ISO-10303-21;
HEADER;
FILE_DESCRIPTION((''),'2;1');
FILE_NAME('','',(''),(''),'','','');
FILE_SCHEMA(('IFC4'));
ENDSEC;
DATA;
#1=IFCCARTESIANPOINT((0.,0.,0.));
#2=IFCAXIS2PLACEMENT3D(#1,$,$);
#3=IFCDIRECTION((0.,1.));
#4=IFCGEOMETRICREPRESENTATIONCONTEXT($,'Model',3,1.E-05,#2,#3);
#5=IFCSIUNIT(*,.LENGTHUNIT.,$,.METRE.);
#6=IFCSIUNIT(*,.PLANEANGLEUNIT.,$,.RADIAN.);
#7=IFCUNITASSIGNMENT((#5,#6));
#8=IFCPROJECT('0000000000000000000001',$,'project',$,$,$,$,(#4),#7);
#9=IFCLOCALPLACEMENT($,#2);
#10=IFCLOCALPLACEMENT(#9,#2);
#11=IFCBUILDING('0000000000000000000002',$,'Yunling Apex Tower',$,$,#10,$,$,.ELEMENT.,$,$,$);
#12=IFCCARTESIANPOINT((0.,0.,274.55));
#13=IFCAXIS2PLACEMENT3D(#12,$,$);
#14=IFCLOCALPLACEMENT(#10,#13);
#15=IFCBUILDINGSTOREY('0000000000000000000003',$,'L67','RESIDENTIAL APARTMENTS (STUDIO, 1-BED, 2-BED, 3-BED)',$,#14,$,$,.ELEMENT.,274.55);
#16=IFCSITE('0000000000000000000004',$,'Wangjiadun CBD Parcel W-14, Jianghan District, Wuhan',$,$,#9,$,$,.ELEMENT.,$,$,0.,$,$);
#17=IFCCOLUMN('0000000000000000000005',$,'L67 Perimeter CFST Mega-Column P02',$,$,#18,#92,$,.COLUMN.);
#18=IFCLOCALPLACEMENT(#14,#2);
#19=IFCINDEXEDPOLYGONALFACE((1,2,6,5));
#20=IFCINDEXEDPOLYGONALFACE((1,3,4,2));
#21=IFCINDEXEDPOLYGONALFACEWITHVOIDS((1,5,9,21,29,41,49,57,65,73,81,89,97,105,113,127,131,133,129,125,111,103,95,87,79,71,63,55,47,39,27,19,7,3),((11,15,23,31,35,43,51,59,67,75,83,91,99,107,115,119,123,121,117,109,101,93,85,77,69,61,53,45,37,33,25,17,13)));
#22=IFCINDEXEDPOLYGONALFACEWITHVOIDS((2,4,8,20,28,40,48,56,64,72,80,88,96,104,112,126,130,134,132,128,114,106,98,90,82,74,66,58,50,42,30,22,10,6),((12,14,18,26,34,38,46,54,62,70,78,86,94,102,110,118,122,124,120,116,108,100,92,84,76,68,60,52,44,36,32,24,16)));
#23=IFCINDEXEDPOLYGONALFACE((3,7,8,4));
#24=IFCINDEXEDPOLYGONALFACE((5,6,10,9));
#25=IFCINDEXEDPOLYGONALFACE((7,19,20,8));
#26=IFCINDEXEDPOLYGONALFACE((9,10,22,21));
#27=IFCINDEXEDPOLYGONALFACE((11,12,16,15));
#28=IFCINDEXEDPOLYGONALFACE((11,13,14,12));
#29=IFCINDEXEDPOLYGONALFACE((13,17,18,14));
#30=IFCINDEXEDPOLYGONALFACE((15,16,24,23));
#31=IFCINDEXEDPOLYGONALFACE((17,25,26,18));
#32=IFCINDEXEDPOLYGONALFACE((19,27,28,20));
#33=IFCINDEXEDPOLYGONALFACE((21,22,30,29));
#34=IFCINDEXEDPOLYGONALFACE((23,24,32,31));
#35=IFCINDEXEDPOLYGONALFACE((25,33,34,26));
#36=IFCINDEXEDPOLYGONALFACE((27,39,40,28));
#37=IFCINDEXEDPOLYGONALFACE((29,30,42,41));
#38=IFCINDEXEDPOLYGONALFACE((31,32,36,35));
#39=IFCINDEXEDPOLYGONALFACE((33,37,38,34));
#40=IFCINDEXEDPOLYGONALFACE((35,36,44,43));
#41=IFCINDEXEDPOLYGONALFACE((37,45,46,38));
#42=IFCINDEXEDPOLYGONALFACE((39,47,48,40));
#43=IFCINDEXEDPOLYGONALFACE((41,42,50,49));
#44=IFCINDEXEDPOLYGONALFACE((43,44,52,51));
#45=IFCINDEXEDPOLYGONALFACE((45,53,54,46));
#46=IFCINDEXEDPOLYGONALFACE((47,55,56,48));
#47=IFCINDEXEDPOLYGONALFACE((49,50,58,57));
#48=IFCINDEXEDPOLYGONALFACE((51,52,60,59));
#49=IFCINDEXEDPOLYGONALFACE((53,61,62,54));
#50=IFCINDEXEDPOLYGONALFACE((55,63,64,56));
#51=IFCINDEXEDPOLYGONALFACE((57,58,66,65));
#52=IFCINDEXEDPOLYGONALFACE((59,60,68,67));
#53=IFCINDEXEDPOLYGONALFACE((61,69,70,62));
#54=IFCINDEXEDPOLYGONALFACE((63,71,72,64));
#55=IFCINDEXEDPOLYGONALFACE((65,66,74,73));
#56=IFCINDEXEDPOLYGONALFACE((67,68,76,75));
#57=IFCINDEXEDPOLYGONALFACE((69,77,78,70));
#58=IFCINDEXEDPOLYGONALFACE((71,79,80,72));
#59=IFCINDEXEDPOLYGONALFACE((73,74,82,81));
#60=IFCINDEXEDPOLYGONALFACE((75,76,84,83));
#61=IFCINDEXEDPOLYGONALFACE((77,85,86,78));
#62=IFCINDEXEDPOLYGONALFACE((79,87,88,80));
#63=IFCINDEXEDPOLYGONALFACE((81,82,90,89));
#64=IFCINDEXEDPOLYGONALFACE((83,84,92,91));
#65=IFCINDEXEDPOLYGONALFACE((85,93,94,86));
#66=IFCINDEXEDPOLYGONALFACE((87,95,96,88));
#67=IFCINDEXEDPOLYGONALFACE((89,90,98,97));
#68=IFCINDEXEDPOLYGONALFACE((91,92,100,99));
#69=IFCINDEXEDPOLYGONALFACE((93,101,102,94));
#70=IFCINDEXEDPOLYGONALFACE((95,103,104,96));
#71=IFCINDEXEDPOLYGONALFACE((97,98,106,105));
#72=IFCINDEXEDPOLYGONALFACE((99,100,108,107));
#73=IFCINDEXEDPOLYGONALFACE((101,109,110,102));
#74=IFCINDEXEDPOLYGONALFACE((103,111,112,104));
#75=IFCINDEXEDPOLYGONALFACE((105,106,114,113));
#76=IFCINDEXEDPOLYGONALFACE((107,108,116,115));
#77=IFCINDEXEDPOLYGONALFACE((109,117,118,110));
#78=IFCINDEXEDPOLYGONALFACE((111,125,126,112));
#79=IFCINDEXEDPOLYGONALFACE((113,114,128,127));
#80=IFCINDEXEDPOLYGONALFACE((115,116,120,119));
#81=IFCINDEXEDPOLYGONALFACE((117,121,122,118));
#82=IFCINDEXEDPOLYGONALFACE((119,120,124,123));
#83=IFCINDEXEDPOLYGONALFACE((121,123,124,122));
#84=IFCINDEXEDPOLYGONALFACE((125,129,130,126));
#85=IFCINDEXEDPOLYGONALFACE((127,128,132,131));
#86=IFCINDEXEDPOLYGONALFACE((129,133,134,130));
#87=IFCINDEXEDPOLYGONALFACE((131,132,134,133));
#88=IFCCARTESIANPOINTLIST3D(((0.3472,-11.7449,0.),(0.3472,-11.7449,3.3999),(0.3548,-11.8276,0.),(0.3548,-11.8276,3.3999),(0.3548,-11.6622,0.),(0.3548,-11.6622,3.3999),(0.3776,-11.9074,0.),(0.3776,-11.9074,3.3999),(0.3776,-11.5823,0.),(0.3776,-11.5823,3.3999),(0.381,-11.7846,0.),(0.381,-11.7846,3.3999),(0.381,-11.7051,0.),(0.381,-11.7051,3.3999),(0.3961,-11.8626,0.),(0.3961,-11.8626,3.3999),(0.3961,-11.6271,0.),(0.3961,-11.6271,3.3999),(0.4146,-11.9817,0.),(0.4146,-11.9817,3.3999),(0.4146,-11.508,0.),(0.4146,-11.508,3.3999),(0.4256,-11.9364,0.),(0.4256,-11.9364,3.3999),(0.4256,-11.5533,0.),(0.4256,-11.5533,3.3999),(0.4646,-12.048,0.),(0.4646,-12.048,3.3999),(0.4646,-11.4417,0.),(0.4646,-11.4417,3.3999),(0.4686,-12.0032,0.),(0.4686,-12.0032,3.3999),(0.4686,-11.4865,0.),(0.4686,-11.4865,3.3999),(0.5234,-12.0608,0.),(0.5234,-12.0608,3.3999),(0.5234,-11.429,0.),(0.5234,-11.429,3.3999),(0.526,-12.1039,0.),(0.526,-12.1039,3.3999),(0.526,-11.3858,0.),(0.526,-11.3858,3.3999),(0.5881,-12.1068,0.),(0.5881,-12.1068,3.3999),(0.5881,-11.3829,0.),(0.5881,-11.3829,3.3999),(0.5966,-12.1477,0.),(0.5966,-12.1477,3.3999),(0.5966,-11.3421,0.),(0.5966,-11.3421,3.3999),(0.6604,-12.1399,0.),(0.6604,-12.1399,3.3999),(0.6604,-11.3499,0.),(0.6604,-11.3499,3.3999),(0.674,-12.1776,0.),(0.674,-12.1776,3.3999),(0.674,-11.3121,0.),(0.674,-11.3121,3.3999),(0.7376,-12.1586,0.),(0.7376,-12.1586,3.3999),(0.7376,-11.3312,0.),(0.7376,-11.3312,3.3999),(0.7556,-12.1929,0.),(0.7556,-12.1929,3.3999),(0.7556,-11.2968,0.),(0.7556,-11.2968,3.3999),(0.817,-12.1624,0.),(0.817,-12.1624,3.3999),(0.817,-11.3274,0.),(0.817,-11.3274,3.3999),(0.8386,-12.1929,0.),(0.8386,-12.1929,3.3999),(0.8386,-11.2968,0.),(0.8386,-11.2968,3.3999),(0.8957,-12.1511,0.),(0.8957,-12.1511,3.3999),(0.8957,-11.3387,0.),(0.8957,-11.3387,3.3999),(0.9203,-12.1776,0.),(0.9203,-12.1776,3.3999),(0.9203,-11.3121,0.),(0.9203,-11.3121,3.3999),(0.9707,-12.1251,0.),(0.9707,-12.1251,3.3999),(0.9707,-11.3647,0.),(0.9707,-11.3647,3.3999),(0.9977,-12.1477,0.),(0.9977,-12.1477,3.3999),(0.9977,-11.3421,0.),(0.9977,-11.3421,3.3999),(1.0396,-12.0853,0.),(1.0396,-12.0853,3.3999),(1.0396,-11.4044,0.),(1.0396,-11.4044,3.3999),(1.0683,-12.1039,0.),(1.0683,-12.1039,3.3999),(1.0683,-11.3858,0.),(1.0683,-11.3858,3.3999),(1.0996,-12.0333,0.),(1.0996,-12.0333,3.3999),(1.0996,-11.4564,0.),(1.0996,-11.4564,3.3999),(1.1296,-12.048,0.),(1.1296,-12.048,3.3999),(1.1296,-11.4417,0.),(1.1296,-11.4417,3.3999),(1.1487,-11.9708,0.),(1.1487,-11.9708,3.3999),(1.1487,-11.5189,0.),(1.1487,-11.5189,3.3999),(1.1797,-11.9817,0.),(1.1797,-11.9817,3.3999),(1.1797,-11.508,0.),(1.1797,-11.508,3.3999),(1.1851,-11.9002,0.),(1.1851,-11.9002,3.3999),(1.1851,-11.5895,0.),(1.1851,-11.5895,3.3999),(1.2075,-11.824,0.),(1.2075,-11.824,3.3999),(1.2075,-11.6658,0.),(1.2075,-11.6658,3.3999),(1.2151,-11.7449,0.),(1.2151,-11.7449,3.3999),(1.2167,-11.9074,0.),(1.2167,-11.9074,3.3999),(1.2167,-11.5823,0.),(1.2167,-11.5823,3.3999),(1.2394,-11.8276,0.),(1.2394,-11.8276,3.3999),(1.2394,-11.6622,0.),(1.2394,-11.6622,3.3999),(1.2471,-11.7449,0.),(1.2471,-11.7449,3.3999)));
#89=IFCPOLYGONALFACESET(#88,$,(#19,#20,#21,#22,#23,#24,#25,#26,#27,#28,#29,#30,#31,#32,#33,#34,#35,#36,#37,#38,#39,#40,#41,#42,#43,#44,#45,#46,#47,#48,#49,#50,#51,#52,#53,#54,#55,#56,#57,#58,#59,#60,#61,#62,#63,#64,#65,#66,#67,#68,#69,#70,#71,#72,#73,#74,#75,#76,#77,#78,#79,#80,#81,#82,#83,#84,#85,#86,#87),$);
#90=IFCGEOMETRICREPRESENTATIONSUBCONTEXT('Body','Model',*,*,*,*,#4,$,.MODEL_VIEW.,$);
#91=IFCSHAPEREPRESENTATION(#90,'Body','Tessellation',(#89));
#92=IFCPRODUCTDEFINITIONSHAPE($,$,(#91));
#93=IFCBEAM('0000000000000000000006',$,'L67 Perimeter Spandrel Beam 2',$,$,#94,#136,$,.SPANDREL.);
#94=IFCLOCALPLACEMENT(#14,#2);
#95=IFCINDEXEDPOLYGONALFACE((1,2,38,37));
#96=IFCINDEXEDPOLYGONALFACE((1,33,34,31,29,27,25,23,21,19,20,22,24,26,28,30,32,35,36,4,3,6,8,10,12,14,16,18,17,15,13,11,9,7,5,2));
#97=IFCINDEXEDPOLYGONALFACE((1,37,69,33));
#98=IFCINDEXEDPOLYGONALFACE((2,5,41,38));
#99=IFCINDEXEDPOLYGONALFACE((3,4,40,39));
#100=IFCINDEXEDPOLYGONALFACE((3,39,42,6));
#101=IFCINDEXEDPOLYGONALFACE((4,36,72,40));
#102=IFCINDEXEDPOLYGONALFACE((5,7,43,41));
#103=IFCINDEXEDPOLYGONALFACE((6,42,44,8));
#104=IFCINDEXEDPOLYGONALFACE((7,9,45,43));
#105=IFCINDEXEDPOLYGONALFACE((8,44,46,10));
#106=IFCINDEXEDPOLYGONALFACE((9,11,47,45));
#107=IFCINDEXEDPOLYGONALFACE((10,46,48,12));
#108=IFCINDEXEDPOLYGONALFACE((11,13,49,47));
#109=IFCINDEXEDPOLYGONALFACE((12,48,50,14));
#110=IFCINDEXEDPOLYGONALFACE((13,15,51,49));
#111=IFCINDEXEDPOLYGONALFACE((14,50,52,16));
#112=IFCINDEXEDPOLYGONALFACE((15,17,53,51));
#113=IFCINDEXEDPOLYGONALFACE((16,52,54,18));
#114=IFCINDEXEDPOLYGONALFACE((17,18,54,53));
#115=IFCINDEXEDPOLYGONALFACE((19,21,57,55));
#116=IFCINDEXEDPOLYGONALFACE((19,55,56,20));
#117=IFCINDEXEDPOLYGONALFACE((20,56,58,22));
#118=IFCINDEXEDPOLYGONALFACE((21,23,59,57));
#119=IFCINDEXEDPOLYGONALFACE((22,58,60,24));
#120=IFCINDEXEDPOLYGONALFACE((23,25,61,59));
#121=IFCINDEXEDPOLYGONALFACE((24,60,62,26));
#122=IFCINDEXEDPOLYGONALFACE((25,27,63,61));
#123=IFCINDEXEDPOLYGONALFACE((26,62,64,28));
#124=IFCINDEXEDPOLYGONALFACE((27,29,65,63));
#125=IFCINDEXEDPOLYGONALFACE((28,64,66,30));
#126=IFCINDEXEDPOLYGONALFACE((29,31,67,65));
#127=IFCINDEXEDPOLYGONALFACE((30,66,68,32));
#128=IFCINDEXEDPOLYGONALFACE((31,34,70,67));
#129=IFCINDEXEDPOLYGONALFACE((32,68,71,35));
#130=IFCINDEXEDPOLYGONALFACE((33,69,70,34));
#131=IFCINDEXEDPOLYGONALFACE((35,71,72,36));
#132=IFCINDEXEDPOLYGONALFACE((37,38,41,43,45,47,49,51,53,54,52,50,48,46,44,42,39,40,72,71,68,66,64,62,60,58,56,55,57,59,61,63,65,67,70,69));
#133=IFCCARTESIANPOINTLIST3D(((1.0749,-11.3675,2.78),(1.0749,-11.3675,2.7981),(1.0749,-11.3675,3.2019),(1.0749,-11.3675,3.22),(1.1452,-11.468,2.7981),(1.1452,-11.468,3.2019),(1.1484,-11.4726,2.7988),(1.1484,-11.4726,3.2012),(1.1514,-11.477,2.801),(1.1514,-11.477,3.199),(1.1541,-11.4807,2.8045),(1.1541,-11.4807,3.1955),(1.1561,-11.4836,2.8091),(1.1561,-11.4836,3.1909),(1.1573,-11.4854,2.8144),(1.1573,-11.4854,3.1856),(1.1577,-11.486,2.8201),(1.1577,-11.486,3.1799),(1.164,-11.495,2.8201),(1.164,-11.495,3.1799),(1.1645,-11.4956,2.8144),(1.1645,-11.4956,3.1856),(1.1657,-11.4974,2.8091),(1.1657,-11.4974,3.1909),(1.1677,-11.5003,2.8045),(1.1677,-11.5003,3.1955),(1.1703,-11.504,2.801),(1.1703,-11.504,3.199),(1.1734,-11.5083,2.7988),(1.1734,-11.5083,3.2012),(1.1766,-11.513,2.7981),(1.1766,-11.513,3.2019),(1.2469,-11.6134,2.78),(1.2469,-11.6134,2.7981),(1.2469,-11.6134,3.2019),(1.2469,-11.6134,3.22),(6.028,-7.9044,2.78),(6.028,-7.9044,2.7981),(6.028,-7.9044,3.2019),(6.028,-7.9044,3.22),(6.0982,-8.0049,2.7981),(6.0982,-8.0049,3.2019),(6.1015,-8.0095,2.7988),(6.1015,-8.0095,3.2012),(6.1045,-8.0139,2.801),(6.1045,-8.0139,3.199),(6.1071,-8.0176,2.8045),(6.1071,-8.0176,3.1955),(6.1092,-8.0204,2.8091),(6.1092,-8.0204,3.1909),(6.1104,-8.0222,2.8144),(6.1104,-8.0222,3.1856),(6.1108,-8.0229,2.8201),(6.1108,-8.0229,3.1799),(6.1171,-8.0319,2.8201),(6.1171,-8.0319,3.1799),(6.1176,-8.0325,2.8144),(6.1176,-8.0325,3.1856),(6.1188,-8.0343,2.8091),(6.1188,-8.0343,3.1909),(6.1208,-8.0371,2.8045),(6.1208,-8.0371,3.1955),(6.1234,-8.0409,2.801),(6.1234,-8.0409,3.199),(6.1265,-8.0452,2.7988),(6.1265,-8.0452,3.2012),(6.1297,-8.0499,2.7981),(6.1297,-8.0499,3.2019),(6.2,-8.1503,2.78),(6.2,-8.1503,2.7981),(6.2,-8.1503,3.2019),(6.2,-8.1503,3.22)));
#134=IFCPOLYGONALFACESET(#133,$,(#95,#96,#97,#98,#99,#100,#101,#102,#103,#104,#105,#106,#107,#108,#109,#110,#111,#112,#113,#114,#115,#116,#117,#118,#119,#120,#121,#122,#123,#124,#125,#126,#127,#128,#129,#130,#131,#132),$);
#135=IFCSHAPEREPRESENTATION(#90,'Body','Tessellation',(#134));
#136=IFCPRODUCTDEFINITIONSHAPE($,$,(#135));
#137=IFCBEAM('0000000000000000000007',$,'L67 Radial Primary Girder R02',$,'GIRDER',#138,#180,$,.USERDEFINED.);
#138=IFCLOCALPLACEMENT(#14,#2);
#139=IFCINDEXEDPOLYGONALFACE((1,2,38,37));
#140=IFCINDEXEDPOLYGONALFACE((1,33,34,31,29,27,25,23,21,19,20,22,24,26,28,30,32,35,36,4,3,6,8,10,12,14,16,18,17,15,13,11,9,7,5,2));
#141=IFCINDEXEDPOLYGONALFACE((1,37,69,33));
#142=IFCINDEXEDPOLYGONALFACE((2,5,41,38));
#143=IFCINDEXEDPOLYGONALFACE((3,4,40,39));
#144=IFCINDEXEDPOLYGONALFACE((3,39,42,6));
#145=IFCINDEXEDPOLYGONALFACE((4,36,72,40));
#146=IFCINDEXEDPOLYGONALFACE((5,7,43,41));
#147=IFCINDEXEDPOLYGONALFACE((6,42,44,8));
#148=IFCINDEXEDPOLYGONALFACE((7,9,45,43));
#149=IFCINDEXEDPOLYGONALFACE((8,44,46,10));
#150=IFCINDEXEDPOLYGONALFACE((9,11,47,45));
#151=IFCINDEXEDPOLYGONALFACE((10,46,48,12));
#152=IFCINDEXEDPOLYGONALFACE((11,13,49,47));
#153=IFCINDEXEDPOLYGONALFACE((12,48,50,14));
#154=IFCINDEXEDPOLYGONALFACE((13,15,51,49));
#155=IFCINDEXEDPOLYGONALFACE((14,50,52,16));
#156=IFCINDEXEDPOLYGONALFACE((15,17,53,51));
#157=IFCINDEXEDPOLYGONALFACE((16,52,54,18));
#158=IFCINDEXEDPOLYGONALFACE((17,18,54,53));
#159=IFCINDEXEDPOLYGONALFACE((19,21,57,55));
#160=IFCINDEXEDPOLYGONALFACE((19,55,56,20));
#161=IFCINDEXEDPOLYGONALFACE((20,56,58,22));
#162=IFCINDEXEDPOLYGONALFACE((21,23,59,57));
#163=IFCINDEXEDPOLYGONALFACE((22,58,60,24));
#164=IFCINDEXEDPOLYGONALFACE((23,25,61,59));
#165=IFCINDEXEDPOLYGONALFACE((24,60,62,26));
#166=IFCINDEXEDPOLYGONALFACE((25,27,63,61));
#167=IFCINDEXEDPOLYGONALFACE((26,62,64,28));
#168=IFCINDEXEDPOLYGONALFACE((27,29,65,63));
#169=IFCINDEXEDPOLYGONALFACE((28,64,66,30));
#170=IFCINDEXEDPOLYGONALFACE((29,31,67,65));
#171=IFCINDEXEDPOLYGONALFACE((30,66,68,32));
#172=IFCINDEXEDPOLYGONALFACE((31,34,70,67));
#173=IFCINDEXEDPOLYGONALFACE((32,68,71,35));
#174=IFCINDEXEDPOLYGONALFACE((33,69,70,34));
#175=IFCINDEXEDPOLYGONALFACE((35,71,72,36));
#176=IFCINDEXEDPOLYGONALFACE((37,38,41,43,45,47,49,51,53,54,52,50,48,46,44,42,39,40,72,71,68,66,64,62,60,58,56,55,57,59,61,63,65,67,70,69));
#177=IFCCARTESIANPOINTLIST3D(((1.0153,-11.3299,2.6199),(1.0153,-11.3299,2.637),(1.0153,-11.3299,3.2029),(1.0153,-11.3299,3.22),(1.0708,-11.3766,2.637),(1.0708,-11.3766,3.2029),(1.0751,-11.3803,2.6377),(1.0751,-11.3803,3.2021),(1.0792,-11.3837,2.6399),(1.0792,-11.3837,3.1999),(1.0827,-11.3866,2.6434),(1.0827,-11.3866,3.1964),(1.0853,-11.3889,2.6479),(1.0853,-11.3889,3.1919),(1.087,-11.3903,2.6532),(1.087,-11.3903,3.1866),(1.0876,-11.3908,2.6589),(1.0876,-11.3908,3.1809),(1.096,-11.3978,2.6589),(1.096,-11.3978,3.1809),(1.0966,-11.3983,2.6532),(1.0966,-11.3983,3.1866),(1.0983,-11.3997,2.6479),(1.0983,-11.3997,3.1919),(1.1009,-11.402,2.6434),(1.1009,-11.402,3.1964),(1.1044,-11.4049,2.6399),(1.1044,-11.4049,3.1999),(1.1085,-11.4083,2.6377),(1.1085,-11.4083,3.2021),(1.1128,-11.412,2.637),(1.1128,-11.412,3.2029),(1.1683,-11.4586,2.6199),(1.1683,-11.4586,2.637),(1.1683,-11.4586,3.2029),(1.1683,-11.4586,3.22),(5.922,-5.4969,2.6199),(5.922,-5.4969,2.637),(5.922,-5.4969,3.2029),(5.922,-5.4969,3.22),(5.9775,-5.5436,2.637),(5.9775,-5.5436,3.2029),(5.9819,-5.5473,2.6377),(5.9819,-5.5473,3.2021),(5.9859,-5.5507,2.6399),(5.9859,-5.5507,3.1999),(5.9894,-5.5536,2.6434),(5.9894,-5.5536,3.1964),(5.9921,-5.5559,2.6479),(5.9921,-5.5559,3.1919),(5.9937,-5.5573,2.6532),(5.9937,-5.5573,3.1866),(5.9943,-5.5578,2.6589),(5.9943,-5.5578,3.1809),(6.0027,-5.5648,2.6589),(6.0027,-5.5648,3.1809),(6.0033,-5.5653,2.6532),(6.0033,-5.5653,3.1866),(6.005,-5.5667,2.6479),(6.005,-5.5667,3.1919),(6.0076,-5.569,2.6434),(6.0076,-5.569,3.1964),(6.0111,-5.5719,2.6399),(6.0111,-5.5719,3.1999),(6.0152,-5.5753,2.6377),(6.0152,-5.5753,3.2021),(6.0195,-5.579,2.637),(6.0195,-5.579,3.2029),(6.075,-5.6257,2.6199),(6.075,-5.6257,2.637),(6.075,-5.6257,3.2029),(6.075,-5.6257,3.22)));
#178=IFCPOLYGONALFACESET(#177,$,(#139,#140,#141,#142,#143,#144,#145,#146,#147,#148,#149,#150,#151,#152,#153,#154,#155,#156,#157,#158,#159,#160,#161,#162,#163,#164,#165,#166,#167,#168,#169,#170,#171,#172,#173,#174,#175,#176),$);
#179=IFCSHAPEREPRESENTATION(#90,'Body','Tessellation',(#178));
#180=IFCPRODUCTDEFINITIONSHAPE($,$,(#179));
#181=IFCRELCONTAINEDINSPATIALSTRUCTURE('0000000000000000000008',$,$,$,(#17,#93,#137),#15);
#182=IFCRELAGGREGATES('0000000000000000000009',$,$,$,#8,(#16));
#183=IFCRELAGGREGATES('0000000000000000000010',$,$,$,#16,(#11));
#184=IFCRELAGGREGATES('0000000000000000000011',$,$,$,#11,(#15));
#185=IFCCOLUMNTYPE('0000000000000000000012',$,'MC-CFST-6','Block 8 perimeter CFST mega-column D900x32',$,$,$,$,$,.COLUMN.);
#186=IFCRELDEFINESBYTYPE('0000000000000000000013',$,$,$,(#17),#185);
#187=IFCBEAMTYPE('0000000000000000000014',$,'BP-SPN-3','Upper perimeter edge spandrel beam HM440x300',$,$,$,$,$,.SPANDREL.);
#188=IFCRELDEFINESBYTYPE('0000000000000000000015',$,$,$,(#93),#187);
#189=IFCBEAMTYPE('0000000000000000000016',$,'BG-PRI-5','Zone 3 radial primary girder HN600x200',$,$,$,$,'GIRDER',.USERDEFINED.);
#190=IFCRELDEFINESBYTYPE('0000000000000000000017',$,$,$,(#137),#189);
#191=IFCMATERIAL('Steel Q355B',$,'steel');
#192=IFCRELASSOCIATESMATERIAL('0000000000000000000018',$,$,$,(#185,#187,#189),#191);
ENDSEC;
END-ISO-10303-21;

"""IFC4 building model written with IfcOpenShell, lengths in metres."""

from ifc_helpers import new_model, si_unit, direction, frame, origin, origin_2d, place, context, subcontext, project, spatial, hollow_circle, i_section, extrude, source, transform, mapped, material, material_profile, profile_set, type_object, element, save


model = new_model("IFC4")

# Units and contexts
model_context = context("Model", 3, precision=1e-05, world=origin(), true_north=direction((0.0, 1.0)))
body_context = subcontext(model_context, "Body", "Model", "MODEL_VIEW")
ifc_project = project(units=[si_unit("LENGTHUNIT", "METRE"), si_unit("PLANEANGLEUNIT", "RADIAN")], contexts=[model_context])

# Site, building, storey
site_placement = place(None, origin())
site = spatial("IfcSite", under=ifc_project, at=site_placement, Name="Wangjiadun CBD Parcel W-14, Jianghan District, Wuhan", CompositionType="ELEMENT", RefElevation=0.0)
building_placement = place(site_placement, origin())
building = spatial("IfcBuilding", under=site, at=building_placement, Name="Yunling Apex Tower", CompositionType="ELEMENT")
storey_placement = place(building_placement, frame((0.0, 0.0, 274.55)))
storey = spatial("IfcBuildingStorey", under=building, at=storey_placement, Name="L67", Description="RESIDENTIAL APARTMENTS (STUDIO, 1-BED, 2-BED, 3-BED)", CompositionType="ELEMENT", Elevation=274.55)

# Column
ifc_material_1 = material(Name="Steel Q355B", Category="steel")
ifc_material_profile_1 = material_profile(ifc_material_1, hollow_circle(Radius=0.45, WallThickness=0.032, at=origin_2d()))
ifc_profile_set_1 = profile_set([ifc_material_profile_1], Name="Steel Q355B")
column_type = type_object("IfcColumnType", Name="MC-CFST-6", Description="Block 8 perimeter CFST mega-column D900x32", PredefinedType="COLUMN", material=ifc_profile_set_1)
shared_shape_1 = source(origin(), body_context, "Body", "SweptSolid", [
    extrude(hollow_circle(Radius=0.45, WallThickness=0.032, at=origin_2d()), origin(), (0.0, 0.0, 1.0), 3.3999),
])
column_placement = place(storey_placement, frame((0.7971, -11.7449, 0.0), z_axis=(0.0, 0.0, 1.0), x_axis=(1.0, 0.0, 0.0)))
element("IfcColumn", 1, at=column_placement, inside=storey, type_object=column_type, Name="L67 Perimeter CFST Mega-Column P02", PredefinedType="COLUMN", context=body_context, shape_type="MappedRepresentation", body=[
    mapped(shared_shape_1, transform((0.0, 0.0, 0.0), scale=1.0)),
])

# Beams
ifc_material_profile_2 = material_profile(ifc_material_1, i_section(OverallWidth=0.3, OverallDepth=0.4399, WebThickness=0.011, FlangeThickness=0.0181, FilletRadius=0.022, at=origin_2d()))
ifc_profile_set_2 = profile_set([ifc_material_profile_2], Name="Steel Q355B")
beam_type_1 = type_object("IfcBeamType", Name="BP-SPN-3", Description="Upper perimeter edge spandrel beam HM440x300", PredefinedType="SPANDREL", material=ifc_profile_set_2)
shared_shape_2 = source(origin(), body_context, "Body", "SweptSolid", [
    extrude(i_section(OverallWidth=0.3, OverallDepth=0.4399, WebThickness=0.011, FlangeThickness=0.0181, FilletRadius=0.022, at=origin_2d()), origin(), (0.0, 0.0, 1.0), 6.0437),
])
beam_1_placement = place(storey_placement, frame((1.1609, -11.4905, 3.0), z_axis=(0.819547, 0.573012, 0.0), x_axis=(-0.573012, 0.819547, 0.0)))
element("IfcBeam", 2, at=beam_1_placement, inside=storey, type_object=beam_type_1, Name="L67 Perimeter Spandrel Beam 2", PredefinedType="SPANDREL", context=body_context, shape_type="MappedRepresentation", body=[
    mapped(shared_shape_2, transform((0.0, 0.0, 0.0), scale=1.0)),
])
ifc_material_profile_3 = material_profile(ifc_material_1, i_section(OverallWidth=0.2, OverallDepth=0.6001, WebThickness=0.011, FlangeThickness=0.0171, FilletRadius=0.022, at=origin_2d()))
ifc_profile_set_3 = profile_set([ifc_material_profile_3], Name="Steel Q355B")
beam_type_2 = type_object("IfcBeamType", Name="BG-PRI-5", Description="Zone 3 radial primary girder HN600x200", ElementType="GIRDER", PredefinedType="USERDEFINED", material=ifc_profile_set_3)
shared_shape_3 = source(origin(), body_context, "Body", "SweptSolid", [
    extrude(i_section(OverallWidth=0.2, OverallDepth=0.6001, WebThickness=0.011, FlangeThickness=0.0171, FilletRadius=0.022, at=origin_2d()), origin(), (0.0, 0.0, 1.0), 7.6223),
])
beam_2_placement = place(storey_placement, frame((1.0918, -11.3943, 2.9199), z_axis=(0.643731, 0.765252, 0.0), x_axis=(-0.765252, 0.643731, 0.0)))
element("IfcBeam", 3, at=beam_2_placement, inside=storey, type_object=beam_type_2, Name="L67 Radial Primary Girder R02", ObjectType="GIRDER", PredefinedType="USERDEFINED", context=body_context, shape_type="MappedRepresentation", body=[
    mapped(shared_shape_3, transform((0.0, 0.0, 0.0), scale=1.0)),
])

save(model, "model.ifc")
